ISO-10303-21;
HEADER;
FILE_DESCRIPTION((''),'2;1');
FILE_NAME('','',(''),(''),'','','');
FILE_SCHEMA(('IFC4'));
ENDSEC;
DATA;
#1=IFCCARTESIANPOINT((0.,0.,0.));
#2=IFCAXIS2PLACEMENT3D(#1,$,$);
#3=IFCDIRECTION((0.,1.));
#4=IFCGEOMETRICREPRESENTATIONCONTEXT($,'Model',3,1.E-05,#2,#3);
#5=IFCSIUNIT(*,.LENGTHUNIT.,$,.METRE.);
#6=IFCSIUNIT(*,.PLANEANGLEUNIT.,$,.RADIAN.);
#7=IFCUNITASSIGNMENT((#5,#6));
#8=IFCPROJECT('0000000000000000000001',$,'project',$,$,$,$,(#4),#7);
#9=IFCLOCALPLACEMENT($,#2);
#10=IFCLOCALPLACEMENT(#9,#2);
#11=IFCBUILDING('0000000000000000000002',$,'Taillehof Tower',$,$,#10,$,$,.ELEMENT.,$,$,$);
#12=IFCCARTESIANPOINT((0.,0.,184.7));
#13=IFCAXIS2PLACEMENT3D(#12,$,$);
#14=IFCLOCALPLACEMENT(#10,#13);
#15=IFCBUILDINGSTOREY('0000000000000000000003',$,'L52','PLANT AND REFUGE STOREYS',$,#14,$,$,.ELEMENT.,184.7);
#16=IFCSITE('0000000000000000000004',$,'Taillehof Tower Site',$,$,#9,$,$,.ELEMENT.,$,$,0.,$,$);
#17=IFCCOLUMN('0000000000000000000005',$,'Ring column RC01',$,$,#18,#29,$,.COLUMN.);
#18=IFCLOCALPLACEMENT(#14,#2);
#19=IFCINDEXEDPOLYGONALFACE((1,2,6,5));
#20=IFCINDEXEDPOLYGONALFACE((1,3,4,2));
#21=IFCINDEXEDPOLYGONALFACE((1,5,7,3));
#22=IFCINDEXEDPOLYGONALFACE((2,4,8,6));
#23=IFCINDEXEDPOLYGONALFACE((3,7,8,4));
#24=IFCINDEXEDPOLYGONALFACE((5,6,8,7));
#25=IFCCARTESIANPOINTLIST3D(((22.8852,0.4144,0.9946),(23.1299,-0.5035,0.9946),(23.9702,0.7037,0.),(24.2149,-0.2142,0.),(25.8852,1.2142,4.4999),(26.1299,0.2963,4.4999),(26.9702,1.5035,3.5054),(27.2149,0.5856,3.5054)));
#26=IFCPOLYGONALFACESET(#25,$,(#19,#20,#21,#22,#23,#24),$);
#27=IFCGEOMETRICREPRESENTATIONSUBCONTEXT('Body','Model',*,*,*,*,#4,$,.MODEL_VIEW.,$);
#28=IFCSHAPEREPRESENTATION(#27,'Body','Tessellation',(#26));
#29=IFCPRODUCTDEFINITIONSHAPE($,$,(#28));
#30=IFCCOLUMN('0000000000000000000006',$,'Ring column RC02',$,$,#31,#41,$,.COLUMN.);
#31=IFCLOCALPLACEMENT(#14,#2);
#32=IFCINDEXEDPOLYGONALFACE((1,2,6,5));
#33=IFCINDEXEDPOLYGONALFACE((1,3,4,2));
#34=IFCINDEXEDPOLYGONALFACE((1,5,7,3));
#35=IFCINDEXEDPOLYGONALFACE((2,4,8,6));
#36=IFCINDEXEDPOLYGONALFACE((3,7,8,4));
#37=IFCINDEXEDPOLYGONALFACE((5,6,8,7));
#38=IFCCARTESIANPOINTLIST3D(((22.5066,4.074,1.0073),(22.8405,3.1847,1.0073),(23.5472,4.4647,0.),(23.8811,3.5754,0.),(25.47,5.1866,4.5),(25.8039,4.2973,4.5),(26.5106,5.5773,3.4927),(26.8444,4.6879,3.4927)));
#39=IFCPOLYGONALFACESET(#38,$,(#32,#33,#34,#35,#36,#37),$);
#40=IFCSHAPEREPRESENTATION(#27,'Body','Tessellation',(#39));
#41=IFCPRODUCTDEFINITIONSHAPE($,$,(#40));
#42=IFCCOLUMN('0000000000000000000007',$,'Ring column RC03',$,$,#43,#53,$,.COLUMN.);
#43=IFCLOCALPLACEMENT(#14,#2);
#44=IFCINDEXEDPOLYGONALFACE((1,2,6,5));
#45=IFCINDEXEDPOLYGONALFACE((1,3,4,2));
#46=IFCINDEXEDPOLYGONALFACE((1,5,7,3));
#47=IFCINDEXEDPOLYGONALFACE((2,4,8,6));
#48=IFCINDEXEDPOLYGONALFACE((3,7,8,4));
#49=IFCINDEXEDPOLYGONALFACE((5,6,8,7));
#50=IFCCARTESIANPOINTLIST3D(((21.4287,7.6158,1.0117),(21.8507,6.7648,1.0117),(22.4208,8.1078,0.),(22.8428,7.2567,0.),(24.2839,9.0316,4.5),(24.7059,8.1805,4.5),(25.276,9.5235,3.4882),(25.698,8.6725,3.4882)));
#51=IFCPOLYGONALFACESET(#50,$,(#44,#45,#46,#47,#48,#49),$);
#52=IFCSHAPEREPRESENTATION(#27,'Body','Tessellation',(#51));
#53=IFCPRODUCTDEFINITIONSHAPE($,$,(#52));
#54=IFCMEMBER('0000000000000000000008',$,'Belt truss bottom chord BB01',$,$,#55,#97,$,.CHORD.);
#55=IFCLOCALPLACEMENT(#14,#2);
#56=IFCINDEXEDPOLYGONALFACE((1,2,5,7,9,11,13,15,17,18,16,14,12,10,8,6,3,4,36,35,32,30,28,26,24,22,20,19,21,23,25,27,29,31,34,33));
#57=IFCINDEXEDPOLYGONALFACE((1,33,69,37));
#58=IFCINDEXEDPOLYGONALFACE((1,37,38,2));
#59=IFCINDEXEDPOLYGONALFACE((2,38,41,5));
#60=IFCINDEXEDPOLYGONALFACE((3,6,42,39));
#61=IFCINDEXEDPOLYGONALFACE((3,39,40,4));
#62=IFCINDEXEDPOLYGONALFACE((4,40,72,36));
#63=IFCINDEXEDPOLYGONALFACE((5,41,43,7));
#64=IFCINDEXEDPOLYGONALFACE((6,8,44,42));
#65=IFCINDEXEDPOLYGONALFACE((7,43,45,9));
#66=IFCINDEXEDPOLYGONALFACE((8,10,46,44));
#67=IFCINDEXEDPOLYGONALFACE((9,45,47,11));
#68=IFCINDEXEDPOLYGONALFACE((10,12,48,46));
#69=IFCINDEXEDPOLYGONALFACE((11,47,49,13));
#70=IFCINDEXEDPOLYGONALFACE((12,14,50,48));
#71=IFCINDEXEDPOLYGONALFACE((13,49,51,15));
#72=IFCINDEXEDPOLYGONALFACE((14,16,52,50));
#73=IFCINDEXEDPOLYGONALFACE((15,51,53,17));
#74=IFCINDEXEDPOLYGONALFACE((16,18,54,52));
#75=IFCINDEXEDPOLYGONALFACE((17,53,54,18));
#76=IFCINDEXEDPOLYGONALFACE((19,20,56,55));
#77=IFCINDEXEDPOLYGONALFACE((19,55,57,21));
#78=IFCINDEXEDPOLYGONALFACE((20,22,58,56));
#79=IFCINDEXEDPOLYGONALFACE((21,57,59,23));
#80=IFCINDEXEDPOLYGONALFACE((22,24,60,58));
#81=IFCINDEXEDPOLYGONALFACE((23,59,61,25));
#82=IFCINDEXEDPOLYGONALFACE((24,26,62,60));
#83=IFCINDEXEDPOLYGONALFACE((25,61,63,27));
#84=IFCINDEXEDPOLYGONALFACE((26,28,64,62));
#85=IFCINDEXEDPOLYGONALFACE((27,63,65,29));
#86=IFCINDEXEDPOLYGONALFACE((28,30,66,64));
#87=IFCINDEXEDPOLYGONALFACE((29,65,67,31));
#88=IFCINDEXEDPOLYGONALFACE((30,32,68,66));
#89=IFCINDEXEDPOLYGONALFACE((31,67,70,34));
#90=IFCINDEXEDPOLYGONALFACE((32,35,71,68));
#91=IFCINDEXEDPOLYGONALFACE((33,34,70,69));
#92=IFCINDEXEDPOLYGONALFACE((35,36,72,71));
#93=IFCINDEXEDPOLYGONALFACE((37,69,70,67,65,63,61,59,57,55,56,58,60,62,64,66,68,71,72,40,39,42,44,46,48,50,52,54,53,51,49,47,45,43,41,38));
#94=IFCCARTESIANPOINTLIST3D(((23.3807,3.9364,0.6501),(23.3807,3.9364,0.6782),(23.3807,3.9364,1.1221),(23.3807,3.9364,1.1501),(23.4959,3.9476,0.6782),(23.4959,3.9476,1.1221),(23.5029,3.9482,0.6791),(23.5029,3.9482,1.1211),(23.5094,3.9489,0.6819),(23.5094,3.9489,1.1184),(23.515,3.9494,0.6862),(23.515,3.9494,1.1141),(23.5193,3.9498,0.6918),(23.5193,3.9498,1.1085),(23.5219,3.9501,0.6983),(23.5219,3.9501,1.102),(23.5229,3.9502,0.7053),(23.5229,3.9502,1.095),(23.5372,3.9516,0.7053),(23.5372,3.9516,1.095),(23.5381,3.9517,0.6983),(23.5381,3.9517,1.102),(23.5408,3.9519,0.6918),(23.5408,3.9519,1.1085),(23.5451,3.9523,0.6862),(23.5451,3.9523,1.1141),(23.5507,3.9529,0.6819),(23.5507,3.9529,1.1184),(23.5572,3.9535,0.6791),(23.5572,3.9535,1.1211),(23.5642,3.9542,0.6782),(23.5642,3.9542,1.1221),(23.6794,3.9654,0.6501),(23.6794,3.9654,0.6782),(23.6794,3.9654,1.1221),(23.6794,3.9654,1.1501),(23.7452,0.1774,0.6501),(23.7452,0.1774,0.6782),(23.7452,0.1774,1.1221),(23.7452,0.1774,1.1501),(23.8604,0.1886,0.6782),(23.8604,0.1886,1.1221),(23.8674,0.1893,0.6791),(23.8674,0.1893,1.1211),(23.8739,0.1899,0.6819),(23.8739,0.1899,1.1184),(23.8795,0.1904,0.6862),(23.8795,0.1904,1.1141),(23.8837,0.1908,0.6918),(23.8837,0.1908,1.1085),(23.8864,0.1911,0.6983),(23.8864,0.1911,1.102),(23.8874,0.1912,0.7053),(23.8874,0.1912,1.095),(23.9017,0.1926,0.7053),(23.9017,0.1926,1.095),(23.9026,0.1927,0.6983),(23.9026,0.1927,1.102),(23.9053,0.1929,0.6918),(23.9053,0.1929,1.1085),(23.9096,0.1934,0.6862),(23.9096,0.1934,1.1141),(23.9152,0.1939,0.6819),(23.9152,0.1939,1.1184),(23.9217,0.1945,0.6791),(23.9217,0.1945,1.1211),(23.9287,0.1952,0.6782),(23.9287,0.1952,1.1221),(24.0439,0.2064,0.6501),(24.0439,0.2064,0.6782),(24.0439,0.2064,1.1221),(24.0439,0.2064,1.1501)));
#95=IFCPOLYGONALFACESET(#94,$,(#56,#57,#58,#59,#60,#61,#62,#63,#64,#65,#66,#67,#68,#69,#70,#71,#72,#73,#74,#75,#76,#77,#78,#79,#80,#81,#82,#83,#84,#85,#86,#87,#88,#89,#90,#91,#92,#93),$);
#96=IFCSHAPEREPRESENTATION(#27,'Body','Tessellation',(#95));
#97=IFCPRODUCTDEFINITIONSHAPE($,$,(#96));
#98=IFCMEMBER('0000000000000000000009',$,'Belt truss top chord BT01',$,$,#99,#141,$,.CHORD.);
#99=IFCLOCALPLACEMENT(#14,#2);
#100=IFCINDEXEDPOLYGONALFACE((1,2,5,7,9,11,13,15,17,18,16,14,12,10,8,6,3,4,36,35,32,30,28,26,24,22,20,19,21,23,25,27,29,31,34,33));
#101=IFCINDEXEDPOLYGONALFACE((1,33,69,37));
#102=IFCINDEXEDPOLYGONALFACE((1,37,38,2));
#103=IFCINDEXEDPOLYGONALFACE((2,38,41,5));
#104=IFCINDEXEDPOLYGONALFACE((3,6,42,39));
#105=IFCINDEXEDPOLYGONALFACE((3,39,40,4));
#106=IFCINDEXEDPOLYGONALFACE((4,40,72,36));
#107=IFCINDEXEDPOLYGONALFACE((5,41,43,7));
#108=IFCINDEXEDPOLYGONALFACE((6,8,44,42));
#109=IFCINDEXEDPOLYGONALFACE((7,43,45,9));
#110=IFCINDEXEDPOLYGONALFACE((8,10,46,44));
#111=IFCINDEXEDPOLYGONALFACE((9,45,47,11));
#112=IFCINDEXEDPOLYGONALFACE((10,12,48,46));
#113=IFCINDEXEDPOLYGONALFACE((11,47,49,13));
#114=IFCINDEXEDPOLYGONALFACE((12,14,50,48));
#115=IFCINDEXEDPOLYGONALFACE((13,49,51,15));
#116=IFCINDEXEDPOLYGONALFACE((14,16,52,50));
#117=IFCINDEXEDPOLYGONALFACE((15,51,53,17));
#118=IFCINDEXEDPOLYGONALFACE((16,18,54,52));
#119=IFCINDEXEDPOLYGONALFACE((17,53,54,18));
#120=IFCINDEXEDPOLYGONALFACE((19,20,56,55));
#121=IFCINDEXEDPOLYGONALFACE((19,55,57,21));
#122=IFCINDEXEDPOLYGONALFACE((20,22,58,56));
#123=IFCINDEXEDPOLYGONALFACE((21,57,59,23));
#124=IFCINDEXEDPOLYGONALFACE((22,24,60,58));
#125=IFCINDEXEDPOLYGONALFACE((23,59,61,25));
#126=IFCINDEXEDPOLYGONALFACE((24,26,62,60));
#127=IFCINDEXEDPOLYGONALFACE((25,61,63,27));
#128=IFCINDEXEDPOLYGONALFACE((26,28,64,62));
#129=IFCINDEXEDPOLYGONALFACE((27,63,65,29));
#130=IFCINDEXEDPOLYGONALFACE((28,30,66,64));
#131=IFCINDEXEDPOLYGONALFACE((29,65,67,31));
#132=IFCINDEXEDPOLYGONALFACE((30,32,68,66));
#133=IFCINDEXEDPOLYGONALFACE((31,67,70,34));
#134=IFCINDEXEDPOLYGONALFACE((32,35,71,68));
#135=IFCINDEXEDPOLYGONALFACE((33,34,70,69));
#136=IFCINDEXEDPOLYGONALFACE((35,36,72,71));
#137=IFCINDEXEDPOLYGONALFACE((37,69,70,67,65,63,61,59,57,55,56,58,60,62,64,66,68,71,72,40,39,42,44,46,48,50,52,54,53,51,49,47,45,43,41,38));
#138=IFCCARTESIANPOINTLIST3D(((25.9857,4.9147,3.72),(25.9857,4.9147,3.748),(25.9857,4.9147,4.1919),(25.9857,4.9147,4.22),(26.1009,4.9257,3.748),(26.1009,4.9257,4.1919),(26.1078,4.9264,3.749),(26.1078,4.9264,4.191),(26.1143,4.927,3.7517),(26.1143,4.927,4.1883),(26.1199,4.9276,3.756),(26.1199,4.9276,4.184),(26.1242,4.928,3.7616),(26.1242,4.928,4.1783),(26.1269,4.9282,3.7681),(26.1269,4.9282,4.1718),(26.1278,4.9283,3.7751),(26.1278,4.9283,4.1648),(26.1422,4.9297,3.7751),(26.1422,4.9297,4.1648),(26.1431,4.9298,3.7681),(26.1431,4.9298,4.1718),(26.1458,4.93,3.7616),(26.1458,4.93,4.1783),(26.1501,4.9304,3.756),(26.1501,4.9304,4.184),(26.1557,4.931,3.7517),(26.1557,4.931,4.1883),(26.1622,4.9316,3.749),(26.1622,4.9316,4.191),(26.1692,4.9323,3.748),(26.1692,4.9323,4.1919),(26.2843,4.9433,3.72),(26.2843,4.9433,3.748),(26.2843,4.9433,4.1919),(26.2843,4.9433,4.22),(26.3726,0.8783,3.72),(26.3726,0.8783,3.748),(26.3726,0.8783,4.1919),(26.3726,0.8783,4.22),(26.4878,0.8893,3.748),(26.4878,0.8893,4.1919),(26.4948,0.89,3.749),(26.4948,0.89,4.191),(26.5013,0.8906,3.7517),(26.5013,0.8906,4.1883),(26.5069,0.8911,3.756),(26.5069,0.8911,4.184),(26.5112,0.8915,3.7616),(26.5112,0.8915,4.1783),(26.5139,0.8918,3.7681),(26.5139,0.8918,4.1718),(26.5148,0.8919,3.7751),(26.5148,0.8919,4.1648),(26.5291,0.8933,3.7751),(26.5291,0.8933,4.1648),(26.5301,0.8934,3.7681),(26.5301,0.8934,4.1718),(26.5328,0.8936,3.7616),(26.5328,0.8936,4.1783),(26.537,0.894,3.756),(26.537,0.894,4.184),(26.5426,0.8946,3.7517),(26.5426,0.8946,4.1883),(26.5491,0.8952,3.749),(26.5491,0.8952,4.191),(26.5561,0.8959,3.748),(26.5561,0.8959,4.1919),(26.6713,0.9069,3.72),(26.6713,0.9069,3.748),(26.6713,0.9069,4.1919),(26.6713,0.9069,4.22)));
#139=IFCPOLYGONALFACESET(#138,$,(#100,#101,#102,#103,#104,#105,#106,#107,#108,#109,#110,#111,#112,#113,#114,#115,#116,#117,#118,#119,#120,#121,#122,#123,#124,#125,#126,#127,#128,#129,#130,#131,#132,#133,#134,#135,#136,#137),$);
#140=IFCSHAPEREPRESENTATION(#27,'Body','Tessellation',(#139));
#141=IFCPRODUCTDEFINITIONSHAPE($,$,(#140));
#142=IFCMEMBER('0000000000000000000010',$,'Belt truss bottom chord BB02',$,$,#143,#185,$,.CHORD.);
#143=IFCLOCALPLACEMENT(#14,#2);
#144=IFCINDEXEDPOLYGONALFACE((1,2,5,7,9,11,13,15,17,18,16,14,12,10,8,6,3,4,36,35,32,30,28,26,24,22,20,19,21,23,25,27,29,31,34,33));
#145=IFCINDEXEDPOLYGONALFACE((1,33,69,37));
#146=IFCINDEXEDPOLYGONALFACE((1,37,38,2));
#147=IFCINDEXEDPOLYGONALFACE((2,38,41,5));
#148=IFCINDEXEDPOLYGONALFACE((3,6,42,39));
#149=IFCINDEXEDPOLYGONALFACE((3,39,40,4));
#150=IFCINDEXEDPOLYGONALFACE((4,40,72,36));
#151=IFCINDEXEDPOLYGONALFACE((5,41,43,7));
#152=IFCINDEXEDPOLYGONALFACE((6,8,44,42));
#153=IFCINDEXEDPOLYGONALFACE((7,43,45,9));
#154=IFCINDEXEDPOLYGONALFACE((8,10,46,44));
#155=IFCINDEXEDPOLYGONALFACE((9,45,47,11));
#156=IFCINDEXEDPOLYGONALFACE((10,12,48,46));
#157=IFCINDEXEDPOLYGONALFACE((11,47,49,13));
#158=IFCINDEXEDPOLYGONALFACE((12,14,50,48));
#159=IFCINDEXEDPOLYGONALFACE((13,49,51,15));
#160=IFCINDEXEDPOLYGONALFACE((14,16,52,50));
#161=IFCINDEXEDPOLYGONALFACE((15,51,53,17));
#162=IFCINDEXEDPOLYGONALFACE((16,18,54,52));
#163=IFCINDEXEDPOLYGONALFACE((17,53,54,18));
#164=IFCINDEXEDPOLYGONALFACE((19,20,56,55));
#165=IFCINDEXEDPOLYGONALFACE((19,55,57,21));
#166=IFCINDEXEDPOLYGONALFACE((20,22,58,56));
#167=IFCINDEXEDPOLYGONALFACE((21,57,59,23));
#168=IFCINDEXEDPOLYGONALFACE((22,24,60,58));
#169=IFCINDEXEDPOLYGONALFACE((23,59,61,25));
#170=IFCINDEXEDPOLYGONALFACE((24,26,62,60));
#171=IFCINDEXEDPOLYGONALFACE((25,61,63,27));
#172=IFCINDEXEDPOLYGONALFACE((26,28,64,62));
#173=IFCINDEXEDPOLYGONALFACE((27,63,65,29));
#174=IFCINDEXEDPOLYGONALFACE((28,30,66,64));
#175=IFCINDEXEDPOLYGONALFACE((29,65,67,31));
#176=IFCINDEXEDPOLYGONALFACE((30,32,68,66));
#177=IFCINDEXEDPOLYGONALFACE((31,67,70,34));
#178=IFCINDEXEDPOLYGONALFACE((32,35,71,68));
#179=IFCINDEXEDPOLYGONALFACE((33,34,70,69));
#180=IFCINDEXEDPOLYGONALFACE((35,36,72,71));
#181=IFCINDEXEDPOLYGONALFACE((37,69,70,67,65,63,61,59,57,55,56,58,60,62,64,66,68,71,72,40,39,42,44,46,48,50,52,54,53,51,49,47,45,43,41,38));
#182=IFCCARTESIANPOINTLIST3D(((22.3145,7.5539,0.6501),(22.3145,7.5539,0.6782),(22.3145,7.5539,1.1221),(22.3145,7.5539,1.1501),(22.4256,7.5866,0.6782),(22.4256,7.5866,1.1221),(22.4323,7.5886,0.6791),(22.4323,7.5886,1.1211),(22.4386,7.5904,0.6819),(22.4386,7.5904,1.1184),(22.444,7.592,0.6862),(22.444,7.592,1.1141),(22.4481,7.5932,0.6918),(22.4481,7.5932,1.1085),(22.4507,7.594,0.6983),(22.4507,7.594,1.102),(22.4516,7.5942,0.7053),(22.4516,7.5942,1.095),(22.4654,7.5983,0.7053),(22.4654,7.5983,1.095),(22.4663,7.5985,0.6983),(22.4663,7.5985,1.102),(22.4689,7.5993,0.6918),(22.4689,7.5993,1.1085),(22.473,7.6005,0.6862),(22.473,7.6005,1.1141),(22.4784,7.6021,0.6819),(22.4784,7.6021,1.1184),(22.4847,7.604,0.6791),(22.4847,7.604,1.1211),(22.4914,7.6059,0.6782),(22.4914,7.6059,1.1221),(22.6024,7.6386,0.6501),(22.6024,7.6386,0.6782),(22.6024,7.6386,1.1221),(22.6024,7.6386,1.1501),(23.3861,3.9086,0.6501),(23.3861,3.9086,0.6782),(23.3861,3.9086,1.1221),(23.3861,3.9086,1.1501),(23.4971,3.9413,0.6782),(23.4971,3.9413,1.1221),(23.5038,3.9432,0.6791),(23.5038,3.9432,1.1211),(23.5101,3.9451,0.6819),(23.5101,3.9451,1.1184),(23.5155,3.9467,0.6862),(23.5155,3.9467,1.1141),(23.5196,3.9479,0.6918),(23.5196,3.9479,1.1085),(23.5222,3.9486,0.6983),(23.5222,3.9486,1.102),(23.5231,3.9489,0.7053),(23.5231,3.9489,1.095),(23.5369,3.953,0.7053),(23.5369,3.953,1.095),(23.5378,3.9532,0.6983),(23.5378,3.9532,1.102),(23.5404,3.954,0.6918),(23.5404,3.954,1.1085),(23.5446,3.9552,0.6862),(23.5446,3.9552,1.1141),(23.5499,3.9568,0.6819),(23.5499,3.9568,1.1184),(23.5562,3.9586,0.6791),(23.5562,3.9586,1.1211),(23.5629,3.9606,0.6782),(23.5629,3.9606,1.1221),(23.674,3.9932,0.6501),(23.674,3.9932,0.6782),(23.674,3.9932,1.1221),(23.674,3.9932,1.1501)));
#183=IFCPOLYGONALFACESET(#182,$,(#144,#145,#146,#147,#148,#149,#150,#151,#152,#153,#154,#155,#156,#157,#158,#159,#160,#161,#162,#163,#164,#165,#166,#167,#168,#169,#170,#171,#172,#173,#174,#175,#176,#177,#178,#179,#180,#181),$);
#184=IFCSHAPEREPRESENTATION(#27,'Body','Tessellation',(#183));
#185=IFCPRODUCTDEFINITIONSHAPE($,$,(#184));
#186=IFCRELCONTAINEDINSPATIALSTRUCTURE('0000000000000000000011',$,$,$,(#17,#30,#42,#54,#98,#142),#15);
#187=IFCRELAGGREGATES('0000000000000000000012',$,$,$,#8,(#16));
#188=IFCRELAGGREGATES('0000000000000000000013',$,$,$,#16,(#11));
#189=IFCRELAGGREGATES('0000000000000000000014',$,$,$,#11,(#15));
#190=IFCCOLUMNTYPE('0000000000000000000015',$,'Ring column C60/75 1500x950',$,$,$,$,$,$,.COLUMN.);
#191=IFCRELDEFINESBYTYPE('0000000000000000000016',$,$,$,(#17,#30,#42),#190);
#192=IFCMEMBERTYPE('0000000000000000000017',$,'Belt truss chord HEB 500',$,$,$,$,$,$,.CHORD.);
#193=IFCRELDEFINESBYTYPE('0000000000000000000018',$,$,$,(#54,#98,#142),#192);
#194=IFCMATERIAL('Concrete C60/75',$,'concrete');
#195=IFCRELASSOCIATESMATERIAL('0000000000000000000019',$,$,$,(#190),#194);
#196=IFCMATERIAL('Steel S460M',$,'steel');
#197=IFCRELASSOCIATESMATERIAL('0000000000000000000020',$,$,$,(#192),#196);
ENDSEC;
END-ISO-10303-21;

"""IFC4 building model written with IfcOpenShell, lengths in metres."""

from ifc_helpers import new_model, si_unit, direction, frame, origin, origin_2d, place, context, subcontext, project, spatial, rectangle, i_section, extrude, material, material_profile, profile_set, type_object, element, save


model = new_model("IFC4")

# Units and contexts
model_context = context("Model", 3, precision=1e-05, world=origin(), true_north=direction((0.0, 1.0)))
body_context = subcontext(model_context, "Body", "Model", "MODEL_VIEW")
ifc_project = project(units=[si_unit("LENGTHUNIT", "METRE"), si_unit("PLANEANGLEUNIT", "RADIAN")], contexts=[model_context])

# Site, building, storey
site_placement = place(None, origin())
site = spatial("IfcSite", under=ifc_project, at=site_placement, Name="Taillehof Tower Site", CompositionType="ELEMENT", RefElevation=0.0)
building_placement = place(site_placement, origin())
building = spatial("IfcBuilding", under=site, at=building_placement, Name="Taillehof Tower", CompositionType="ELEMENT")
storey_placement = place(building_placement, frame((0.0, 0.0, 184.7)))
storey = spatial("IfcBuildingStorey", under=building, at=storey_placement, Name="L52", Description="PLANT AND REFUGE STOREYS", CompositionType="ELEMENT", Elevation=184.7)

# Columns
ifc_material_1 = material(Name="Concrete C60/75", Category="concrete")
ifc_material_profile_1 = material_profile(ifc_material_1, rectangle(XDim=1.5, YDim=0.95, at=origin_2d()), Name="RC 1500x950")
ifc_profile_set_1 = profile_set([ifc_material_profile_1], Name="Concrete C60/75")
column_type = type_object("IfcColumnType", Name="Ring column C60/75 1500x950", PredefinedType="COLUMN", material=ifc_profile_set_1)
column_1_placement = place(storey_placement, frame((23.55, 0.1001, 0.4973), z_axis=(0.640661, 0.170801, 0.748585), x_axis=(-0.723321, -0.192839, 0.663039)))
element("IfcColumn", 1, at=column_1_placement, inside=storey, type_object=column_type, Name="Ring column RC01", PredefinedType="COLUMN", context=body_context, shape_type="SweptSolid", body=[
    extrude(rectangle(XDim=1.5, YDim=0.95, at=origin_2d()), origin(), (0.0, 0.0, 1.0), 4.6826),
])
column_2_placement = place(storey_placement, frame((23.1938, 3.8247, 0.5037), z_axis=(0.628685, 0.236029, 0.740976), x_axis=(-0.693699, -0.260437, 0.671531)))
element("IfcColumn", 2, at=column_2_placement, inside=storey, type_object=column_type, Name="Ring column RC02", PredefinedType="COLUMN", context=body_context, shape_type="SweptSolid", body=[
    extrude(rectangle(XDim=1.5, YDim=0.95, at=origin_2d()), origin(), (0.0, 0.0, 1.0), 4.7136),
])
column_3_placement = place(storey_placement, frame((22.1357, 7.4363, 0.5059), z_axis=(0.604291, 0.29964, 0.738274), x_axis=(-0.661426, -0.32797, 0.674501)))
element("IfcColumn", 3, at=column_3_placement, inside=storey, type_object=column_type, Name="Ring column RC03", PredefinedType="COLUMN", context=body_context, shape_type="SweptSolid", body=[
    extrude(rectangle(XDim=1.5, YDim=0.95, at=origin_2d()), origin(), (0.0, 0.0, 1.0), 4.7249),
])

# Members
ifc_material_2 = material(Name="Steel S460M", Category="steel")
ifc_material_profile_2 = material_profile(ifc_material_2, i_section(OverallWidth=0.3, OverallDepth=0.5, WebThickness=0.0144, FlangeThickness=0.0281, FilletRadius=0.0271, at=origin_2d()), Name="HEB 500")
ifc_profile_set_2 = profile_set([ifc_material_profile_2], Name="Steel S460M")
member_type_1 = type_object("IfcMemberType", Name="Belt truss chord HEB 500", PredefinedType="CHORD", material=ifc_profile_set_2)
member_1_placement = place(storey_placement, frame((23.8945, 0.1919, 0.9001), z_axis=(-0.096514, 0.995332, 0.0), x_axis=(-0.995332, -0.096514, 0.0)))
element("IfcMember", 4, at=member_1_placement, inside=storey, type_object=member_type_1, Name="Belt truss bottom chord BB01", PredefinedType="CHORD", context=body_context, shape_type="SweptSolid", body=[
    extrude(i_section(OverallWidth=0.3, OverallDepth=0.5, WebThickness=0.0144, FlangeThickness=0.0281, FilletRadius=0.0271, at=origin_2d()), origin(), (0.0, 0.0, 1.0), 3.7766),
])
member_2_placement = place(storey_placement, frame((26.522, 0.8926, 3.97), z_axis=(-0.095431, 0.995436, 0.0), x_axis=(-0.995436, -0.095431, 0.0)))
element("IfcMember", 5, at=member_2_placement, inside=storey, type_object=member_type_1, Name="Belt truss top chord BT01", PredefinedType="CHORD", context=body_context, shape_type="SweptSolid", body=[
    extrude(i_section(OverallWidth=0.3, OverallDepth=0.5, WebThickness=0.0144, FlangeThickness=0.0281, FilletRadius=0.0271, at=origin_2d()), origin(), (0.0, 0.0, 1.0), 4.0549),
])
member_3_placement = place(storey_placement, frame((23.53, 3.9509, 0.9001), z_axis=(-0.28202, 0.959408, 0.0), x_axis=(-0.959408, -0.28202, 0.0)))
element("IfcMember", 6, at=member_3_placement, inside=storey, type_object=member_type_1, Name="Belt truss bottom chord BB02", PredefinedType="CHORD", context=body_context, shape_type="SweptSolid", body=[
    extrude(i_section(OverallWidth=0.3, OverallDepth=0.5, WebThickness=0.0144, FlangeThickness=0.0281, FilletRadius=0.0271, at=origin_2d()), origin(), (0.0, 0.0, 1.0), 3.7996),
])

save(model, "model.ifc")
